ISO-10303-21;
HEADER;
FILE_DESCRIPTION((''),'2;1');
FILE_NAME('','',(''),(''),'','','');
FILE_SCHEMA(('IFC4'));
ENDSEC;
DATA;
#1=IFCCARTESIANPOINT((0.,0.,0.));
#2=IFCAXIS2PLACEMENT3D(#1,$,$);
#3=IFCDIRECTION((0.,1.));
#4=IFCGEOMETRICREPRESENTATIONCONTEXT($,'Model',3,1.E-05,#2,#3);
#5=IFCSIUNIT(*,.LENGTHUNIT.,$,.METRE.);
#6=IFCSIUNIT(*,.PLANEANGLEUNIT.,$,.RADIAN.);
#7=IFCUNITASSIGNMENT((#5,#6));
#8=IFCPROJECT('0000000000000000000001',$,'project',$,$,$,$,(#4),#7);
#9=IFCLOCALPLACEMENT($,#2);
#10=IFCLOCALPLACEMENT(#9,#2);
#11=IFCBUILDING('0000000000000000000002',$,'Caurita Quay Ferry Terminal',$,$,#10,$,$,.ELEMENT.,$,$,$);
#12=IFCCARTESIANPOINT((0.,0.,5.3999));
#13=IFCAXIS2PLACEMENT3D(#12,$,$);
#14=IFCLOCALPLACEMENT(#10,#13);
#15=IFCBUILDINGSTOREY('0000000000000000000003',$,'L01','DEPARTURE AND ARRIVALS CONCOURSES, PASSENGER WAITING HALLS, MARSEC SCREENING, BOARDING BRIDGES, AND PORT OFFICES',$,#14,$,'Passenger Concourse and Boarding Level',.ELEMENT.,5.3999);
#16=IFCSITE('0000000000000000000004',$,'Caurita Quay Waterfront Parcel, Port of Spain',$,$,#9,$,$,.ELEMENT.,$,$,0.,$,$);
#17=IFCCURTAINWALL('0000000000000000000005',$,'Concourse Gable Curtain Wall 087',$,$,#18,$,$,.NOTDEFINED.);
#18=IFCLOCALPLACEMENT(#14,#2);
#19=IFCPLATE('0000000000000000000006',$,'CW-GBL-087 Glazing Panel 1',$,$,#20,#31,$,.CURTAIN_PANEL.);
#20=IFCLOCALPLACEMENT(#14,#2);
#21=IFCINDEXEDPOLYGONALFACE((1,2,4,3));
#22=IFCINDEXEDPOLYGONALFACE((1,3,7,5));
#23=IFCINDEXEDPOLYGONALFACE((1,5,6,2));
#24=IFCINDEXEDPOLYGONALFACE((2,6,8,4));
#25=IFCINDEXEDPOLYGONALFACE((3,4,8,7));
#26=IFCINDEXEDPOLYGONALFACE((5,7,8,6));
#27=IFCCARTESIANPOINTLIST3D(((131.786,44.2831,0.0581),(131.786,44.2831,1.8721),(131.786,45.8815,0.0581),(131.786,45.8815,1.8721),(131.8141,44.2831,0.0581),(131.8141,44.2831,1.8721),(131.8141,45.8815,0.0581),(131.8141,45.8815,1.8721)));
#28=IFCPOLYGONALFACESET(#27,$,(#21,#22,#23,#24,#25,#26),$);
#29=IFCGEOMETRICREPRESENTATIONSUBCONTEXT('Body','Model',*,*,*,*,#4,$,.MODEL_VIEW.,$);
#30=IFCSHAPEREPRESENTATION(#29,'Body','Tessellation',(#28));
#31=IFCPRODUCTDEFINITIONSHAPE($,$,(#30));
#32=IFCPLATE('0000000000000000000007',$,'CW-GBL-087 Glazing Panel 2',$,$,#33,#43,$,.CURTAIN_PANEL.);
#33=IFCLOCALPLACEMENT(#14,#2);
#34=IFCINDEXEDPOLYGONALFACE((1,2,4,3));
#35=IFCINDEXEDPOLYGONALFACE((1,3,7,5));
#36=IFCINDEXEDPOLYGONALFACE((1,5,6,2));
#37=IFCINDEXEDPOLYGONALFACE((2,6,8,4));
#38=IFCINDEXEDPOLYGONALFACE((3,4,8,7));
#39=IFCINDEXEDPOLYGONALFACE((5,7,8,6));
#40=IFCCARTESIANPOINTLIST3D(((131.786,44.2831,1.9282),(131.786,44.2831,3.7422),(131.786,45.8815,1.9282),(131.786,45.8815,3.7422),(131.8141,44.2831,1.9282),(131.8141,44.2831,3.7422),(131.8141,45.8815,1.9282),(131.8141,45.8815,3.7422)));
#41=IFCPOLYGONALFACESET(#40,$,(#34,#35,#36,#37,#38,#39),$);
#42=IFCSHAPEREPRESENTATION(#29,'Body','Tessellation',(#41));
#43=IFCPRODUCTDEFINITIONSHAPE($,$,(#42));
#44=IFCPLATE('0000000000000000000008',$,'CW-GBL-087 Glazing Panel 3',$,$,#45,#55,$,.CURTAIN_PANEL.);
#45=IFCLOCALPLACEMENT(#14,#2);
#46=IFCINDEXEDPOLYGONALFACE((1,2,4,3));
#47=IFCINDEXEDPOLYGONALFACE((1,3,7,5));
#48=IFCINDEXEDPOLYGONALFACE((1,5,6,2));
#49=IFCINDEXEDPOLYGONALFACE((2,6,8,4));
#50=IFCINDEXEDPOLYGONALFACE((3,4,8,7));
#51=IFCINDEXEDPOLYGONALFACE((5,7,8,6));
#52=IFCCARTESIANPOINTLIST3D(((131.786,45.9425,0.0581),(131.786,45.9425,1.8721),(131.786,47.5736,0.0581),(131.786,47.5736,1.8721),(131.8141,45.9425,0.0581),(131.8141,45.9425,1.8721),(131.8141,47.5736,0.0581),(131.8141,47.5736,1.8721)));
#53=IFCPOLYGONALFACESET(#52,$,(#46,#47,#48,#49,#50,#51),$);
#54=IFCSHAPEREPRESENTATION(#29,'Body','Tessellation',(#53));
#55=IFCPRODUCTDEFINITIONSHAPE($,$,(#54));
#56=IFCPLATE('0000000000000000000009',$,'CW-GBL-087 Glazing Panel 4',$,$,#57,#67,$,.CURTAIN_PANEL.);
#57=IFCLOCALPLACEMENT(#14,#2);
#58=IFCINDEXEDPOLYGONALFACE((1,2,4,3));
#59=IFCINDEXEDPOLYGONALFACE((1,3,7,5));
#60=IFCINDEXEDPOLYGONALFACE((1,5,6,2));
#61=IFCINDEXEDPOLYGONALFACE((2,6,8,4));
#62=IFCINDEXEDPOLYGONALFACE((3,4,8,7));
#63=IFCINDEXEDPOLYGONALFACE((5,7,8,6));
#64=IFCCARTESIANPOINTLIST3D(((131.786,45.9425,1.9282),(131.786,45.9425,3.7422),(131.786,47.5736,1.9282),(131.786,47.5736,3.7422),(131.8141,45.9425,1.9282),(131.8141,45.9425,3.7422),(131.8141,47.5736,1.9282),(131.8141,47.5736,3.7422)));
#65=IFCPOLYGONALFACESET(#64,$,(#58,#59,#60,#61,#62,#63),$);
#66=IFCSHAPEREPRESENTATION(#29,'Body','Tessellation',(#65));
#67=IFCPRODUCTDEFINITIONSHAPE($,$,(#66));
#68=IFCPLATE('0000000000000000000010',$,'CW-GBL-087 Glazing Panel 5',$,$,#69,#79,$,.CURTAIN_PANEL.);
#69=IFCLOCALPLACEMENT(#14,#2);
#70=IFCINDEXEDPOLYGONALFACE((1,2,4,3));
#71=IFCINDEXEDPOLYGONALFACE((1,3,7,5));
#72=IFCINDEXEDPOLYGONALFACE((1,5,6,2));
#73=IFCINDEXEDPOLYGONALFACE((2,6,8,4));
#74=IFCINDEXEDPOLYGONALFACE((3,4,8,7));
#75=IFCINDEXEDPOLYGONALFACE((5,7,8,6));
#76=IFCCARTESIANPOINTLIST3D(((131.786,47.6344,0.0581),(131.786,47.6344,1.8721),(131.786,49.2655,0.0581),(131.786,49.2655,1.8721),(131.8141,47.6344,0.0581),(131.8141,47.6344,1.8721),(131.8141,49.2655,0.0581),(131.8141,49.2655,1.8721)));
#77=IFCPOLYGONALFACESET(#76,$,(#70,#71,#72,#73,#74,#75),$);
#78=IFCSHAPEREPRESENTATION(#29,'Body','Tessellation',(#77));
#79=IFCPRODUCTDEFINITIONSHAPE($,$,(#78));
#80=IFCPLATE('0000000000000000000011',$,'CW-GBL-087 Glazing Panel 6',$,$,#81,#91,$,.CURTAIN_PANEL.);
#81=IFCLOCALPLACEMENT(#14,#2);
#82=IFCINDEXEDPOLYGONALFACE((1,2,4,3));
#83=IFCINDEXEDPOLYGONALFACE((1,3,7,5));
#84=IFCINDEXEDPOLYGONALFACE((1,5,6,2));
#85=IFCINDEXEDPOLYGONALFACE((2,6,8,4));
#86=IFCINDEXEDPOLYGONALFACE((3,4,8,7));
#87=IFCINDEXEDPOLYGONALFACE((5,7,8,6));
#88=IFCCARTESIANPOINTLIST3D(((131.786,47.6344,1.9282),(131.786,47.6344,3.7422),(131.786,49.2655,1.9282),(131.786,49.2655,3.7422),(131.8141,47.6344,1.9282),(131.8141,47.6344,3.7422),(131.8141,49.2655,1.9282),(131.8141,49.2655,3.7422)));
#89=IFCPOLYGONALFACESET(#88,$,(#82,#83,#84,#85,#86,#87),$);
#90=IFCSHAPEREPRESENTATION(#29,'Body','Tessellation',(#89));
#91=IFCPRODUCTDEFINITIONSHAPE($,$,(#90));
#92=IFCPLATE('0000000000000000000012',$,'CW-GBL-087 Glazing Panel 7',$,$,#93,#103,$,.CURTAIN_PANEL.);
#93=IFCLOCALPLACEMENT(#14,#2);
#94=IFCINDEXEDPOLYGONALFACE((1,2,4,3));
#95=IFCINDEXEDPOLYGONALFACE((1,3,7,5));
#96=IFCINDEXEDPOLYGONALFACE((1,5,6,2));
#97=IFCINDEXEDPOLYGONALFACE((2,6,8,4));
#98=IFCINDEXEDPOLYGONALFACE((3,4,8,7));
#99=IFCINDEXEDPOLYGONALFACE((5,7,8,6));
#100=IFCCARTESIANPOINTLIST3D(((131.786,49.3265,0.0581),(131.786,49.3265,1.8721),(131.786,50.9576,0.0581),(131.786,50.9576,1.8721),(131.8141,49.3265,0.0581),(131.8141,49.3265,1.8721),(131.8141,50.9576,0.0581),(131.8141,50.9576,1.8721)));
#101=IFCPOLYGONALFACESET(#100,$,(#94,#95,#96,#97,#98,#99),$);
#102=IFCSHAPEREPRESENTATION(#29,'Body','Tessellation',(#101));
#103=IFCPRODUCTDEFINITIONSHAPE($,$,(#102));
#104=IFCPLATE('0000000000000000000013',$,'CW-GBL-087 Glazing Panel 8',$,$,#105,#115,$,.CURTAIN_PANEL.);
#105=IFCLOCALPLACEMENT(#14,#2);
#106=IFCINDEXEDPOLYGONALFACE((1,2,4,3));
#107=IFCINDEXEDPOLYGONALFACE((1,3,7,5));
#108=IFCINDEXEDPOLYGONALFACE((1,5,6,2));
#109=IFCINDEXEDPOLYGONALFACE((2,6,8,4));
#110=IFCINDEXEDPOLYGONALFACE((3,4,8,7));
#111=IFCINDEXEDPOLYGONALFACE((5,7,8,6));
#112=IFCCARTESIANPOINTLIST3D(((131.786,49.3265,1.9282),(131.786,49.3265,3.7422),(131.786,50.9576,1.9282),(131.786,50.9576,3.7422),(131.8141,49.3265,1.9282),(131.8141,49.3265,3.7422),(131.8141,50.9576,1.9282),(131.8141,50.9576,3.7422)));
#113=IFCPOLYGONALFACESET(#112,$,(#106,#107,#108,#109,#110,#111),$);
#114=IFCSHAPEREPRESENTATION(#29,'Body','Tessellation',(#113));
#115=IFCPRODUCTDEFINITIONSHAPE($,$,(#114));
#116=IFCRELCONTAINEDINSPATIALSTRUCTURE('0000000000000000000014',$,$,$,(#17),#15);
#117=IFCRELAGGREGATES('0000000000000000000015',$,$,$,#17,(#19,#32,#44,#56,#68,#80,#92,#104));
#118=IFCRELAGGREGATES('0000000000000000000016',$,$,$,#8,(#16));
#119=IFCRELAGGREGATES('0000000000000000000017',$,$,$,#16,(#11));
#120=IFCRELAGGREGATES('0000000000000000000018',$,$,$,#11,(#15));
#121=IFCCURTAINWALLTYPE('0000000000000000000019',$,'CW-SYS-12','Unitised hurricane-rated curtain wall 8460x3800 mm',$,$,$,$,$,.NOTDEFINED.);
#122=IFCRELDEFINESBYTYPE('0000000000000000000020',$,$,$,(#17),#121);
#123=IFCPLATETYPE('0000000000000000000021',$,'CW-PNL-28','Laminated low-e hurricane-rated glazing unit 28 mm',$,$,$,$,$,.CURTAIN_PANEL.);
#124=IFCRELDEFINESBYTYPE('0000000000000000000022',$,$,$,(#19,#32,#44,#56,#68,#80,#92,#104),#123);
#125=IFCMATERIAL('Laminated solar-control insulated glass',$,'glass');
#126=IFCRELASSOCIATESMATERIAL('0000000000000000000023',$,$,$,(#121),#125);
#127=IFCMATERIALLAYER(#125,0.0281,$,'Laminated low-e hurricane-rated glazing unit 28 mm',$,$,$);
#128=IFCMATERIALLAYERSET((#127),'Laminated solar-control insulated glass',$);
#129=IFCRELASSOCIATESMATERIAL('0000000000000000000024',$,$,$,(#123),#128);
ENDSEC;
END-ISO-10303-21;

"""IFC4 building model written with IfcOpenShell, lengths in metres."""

from ifc_helpers import new_model, si_unit, direction, frame, origin, origin_2d, place, context, subcontext, project, spatial, rectangle, extrude, material, layer, layer_set, type_object, element, aggregate, save


model = new_model("IFC4")

# Units and contexts
model_context = context("Model", 3, precision=1e-05, world=origin(), true_north=direction((0.0, 1.0)))
body_context = subcontext(model_context, "Body", "Model", "MODEL_VIEW")
ifc_project = project(units=[si_unit("LENGTHUNIT", "METRE"), si_unit("PLANEANGLEUNIT", "RADIAN")], contexts=[model_context])

# Site, building, storey
site_placement = place(None, origin())
site = spatial("IfcSite", under=ifc_project, at=site_placement, Name="Caurita Quay Waterfront Parcel, Port of Spain", CompositionType="ELEMENT", RefElevation=0.0)
building_placement = place(site_placement, origin())
building = spatial("IfcBuilding", under=site, at=building_placement, Name="Caurita Quay Ferry Terminal", CompositionType="ELEMENT")
storey_placement = place(building_placement, frame((0.0, 0.0, 5.3999)))
storey = spatial("IfcBuildingStorey", under=building, at=storey_placement, Name="L01", Description="DEPARTURE AND ARRIVALS CONCOURSES, PASSENGER WAITING HALLS, MARSEC SCREENING, BOARDING BRIDGES, AND PORT OFFICES", LongName="Passenger Concourse and Boarding Level", CompositionType="ELEMENT", Elevation=5.3999)

# Curtain wall, plates
ifc_material_1 = material(Name="Laminated solar-control insulated glass", Category="glass")
curtain_wall_type = type_object("IfcCurtainWallType", Name="CW-SYS-12", Description="Unitised hurricane-rated curtain wall 8460x3800 mm", PredefinedType="NOTDEFINED", material=ifc_material_1)
curtain_wall_placement = place(storey_placement, origin())
curtain_wall = element("IfcCurtainWall", 1, at=curtain_wall_placement, inside=storey, type_object=curtain_wall_type, Name="Concourse Gable Curtain Wall 087", PredefinedType="NOTDEFINED")
ifc_layer = layer(ifc_material_1, 0.0281, Name="Laminated low-e hurricane-rated glazing unit 28 mm")
ifc_layer_set = layer_set([ifc_layer], Name="Laminated solar-control insulated glass")
plate_type = type_object("IfcPlateType", Name="CW-PNL-28", Description="Laminated low-e hurricane-rated glazing unit 28 mm", PredefinedType="CURTAIN_PANEL", material=ifc_layer_set)
plate_1_placement = place(storey_placement, frame((131.8, 45.0823, 0.0581), z_axis=(0.0, 0.0, 1.0), x_axis=(0.0, 1.0, 0.0)))
plate_1 = element("IfcPlate", 2, at=plate_1_placement, type_object=plate_type, Name="CW-GBL-087 Glazing Panel 1", PredefinedType="CURTAIN_PANEL", context=body_context, shape_type="SweptSolid", body=[
    extrude(rectangle(XDim=1.5984, YDim=0.0281, at=origin_2d()), origin(), (0.0, 0.0, 1.0), 1.814),
])
plate_2_placement = place(storey_placement, frame((131.8, 45.0823, 1.9282), z_axis=(0.0, 0.0, 1.0), x_axis=(0.0, 1.0, 0.0)))
plate_2 = element("IfcPlate", 3, at=plate_2_placement, type_object=plate_type, Name="CW-GBL-087 Glazing Panel 2", PredefinedType="CURTAIN_PANEL", context=body_context, shape_type="SweptSolid", body=[
    extrude(rectangle(XDim=1.5984, YDim=0.0281, at=origin_2d()), origin(), (0.0, 0.0, 1.0), 1.814),
])
plate_3_placement = place(storey_placement, frame((131.8, 46.7581, 0.0581), z_axis=(0.0, 0.0, 1.0), x_axis=(0.0, 1.0, 0.0)))
plate_3 = element("IfcPlate", 4, at=plate_3_placement, type_object=plate_type, Name="CW-GBL-087 Glazing Panel 3", PredefinedType="CURTAIN_PANEL", context=body_context, shape_type="SweptSolid", body=[
    extrude(rectangle(XDim=1.6311, YDim=0.0281, at=origin_2d()), origin(), (0.0, 0.0, 1.0), 1.814),
])
plate_4_placement = place(storey_placement, frame((131.8, 46.7581, 1.9282), z_axis=(0.0, 0.0, 1.0), x_axis=(0.0, 1.0, 0.0)))
plate_4 = element("IfcPlate", 5, at=plate_4_placement, type_object=plate_type, Name="CW-GBL-087 Glazing Panel 4", PredefinedType="CURTAIN_PANEL", context=body_context, shape_type="SweptSolid", body=[
    extrude(rectangle(XDim=1.6311, YDim=0.0281, at=origin_2d()), origin(), (0.0, 0.0, 1.0), 1.814),
])
plate_5_placement = place(storey_placement, frame((131.8, 48.45, 0.0581), z_axis=(0.0, 0.0, 1.0), x_axis=(0.0, 1.0, 0.0)))
plate_5 = element("IfcPlate", 6, at=plate_5_placement, type_object=plate_type, Name="CW-GBL-087 Glazing Panel 5", PredefinedType="CURTAIN_PANEL", context=body_context, shape_type="SweptSolid", body=[
    extrude(rectangle(XDim=1.6311, YDim=0.0281, at=origin_2d()), origin(), (0.0, 0.0, 1.0), 1.814),
])
plate_6_placement = place(storey_placement, frame((131.8, 48.45, 1.9282), z_axis=(0.0, 0.0, 1.0), x_axis=(0.0, 1.0, 0.0)))
plate_6 = element("IfcPlate", 7, at=plate_6_placement, type_object=plate_type, Name="CW-GBL-087 Glazing Panel 6", PredefinedType="CURTAIN_PANEL", context=body_context, shape_type="SweptSolid", body=[
    extrude(rectangle(XDim=1.6311, YDim=0.0281, at=origin_2d()), origin(), (0.0, 0.0, 1.0), 1.814),
])
plate_7_placement = place(storey_placement, frame((131.8, 50.1421, 0.0581), z_axis=(0.0, 0.0, 1.0), x_axis=(0.0, 1.0, 0.0)))
plate_7 = element("IfcPlate", 8, at=plate_7_placement, type_object=plate_type, Name="CW-GBL-087 Glazing Panel 7", PredefinedType="CURTAIN_PANEL", context=body_context, shape_type="SweptSolid", body=[
    extrude(rectangle(XDim=1.6311, YDim=0.0281, at=origin_2d()), origin(), (0.0, 0.0, 1.0), 1.814),
])
plate_8_placement = place(storey_placement, frame((131.8, 50.1421, 1.9282), z_axis=(0.0, 0.0, 1.0), x_axis=(0.0, 1.0, 0.0)))
plate_8 = element("IfcPlate", 9, at=plate_8_placement, type_object=plate_type, Name="CW-GBL-087 Glazing Panel 8", PredefinedType="CURTAIN_PANEL", context=body_context, shape_type="SweptSolid", body=[
    extrude(rectangle(XDim=1.6311, YDim=0.0281, at=origin_2d()), origin(), (0.0, 0.0, 1.0), 1.814),
])
aggregate(curtain_wall, [plate_1, plate_2, plate_3, plate_4, plate_5, plate_6, plate_7, plate_8])

save(model, "model.ifc")
